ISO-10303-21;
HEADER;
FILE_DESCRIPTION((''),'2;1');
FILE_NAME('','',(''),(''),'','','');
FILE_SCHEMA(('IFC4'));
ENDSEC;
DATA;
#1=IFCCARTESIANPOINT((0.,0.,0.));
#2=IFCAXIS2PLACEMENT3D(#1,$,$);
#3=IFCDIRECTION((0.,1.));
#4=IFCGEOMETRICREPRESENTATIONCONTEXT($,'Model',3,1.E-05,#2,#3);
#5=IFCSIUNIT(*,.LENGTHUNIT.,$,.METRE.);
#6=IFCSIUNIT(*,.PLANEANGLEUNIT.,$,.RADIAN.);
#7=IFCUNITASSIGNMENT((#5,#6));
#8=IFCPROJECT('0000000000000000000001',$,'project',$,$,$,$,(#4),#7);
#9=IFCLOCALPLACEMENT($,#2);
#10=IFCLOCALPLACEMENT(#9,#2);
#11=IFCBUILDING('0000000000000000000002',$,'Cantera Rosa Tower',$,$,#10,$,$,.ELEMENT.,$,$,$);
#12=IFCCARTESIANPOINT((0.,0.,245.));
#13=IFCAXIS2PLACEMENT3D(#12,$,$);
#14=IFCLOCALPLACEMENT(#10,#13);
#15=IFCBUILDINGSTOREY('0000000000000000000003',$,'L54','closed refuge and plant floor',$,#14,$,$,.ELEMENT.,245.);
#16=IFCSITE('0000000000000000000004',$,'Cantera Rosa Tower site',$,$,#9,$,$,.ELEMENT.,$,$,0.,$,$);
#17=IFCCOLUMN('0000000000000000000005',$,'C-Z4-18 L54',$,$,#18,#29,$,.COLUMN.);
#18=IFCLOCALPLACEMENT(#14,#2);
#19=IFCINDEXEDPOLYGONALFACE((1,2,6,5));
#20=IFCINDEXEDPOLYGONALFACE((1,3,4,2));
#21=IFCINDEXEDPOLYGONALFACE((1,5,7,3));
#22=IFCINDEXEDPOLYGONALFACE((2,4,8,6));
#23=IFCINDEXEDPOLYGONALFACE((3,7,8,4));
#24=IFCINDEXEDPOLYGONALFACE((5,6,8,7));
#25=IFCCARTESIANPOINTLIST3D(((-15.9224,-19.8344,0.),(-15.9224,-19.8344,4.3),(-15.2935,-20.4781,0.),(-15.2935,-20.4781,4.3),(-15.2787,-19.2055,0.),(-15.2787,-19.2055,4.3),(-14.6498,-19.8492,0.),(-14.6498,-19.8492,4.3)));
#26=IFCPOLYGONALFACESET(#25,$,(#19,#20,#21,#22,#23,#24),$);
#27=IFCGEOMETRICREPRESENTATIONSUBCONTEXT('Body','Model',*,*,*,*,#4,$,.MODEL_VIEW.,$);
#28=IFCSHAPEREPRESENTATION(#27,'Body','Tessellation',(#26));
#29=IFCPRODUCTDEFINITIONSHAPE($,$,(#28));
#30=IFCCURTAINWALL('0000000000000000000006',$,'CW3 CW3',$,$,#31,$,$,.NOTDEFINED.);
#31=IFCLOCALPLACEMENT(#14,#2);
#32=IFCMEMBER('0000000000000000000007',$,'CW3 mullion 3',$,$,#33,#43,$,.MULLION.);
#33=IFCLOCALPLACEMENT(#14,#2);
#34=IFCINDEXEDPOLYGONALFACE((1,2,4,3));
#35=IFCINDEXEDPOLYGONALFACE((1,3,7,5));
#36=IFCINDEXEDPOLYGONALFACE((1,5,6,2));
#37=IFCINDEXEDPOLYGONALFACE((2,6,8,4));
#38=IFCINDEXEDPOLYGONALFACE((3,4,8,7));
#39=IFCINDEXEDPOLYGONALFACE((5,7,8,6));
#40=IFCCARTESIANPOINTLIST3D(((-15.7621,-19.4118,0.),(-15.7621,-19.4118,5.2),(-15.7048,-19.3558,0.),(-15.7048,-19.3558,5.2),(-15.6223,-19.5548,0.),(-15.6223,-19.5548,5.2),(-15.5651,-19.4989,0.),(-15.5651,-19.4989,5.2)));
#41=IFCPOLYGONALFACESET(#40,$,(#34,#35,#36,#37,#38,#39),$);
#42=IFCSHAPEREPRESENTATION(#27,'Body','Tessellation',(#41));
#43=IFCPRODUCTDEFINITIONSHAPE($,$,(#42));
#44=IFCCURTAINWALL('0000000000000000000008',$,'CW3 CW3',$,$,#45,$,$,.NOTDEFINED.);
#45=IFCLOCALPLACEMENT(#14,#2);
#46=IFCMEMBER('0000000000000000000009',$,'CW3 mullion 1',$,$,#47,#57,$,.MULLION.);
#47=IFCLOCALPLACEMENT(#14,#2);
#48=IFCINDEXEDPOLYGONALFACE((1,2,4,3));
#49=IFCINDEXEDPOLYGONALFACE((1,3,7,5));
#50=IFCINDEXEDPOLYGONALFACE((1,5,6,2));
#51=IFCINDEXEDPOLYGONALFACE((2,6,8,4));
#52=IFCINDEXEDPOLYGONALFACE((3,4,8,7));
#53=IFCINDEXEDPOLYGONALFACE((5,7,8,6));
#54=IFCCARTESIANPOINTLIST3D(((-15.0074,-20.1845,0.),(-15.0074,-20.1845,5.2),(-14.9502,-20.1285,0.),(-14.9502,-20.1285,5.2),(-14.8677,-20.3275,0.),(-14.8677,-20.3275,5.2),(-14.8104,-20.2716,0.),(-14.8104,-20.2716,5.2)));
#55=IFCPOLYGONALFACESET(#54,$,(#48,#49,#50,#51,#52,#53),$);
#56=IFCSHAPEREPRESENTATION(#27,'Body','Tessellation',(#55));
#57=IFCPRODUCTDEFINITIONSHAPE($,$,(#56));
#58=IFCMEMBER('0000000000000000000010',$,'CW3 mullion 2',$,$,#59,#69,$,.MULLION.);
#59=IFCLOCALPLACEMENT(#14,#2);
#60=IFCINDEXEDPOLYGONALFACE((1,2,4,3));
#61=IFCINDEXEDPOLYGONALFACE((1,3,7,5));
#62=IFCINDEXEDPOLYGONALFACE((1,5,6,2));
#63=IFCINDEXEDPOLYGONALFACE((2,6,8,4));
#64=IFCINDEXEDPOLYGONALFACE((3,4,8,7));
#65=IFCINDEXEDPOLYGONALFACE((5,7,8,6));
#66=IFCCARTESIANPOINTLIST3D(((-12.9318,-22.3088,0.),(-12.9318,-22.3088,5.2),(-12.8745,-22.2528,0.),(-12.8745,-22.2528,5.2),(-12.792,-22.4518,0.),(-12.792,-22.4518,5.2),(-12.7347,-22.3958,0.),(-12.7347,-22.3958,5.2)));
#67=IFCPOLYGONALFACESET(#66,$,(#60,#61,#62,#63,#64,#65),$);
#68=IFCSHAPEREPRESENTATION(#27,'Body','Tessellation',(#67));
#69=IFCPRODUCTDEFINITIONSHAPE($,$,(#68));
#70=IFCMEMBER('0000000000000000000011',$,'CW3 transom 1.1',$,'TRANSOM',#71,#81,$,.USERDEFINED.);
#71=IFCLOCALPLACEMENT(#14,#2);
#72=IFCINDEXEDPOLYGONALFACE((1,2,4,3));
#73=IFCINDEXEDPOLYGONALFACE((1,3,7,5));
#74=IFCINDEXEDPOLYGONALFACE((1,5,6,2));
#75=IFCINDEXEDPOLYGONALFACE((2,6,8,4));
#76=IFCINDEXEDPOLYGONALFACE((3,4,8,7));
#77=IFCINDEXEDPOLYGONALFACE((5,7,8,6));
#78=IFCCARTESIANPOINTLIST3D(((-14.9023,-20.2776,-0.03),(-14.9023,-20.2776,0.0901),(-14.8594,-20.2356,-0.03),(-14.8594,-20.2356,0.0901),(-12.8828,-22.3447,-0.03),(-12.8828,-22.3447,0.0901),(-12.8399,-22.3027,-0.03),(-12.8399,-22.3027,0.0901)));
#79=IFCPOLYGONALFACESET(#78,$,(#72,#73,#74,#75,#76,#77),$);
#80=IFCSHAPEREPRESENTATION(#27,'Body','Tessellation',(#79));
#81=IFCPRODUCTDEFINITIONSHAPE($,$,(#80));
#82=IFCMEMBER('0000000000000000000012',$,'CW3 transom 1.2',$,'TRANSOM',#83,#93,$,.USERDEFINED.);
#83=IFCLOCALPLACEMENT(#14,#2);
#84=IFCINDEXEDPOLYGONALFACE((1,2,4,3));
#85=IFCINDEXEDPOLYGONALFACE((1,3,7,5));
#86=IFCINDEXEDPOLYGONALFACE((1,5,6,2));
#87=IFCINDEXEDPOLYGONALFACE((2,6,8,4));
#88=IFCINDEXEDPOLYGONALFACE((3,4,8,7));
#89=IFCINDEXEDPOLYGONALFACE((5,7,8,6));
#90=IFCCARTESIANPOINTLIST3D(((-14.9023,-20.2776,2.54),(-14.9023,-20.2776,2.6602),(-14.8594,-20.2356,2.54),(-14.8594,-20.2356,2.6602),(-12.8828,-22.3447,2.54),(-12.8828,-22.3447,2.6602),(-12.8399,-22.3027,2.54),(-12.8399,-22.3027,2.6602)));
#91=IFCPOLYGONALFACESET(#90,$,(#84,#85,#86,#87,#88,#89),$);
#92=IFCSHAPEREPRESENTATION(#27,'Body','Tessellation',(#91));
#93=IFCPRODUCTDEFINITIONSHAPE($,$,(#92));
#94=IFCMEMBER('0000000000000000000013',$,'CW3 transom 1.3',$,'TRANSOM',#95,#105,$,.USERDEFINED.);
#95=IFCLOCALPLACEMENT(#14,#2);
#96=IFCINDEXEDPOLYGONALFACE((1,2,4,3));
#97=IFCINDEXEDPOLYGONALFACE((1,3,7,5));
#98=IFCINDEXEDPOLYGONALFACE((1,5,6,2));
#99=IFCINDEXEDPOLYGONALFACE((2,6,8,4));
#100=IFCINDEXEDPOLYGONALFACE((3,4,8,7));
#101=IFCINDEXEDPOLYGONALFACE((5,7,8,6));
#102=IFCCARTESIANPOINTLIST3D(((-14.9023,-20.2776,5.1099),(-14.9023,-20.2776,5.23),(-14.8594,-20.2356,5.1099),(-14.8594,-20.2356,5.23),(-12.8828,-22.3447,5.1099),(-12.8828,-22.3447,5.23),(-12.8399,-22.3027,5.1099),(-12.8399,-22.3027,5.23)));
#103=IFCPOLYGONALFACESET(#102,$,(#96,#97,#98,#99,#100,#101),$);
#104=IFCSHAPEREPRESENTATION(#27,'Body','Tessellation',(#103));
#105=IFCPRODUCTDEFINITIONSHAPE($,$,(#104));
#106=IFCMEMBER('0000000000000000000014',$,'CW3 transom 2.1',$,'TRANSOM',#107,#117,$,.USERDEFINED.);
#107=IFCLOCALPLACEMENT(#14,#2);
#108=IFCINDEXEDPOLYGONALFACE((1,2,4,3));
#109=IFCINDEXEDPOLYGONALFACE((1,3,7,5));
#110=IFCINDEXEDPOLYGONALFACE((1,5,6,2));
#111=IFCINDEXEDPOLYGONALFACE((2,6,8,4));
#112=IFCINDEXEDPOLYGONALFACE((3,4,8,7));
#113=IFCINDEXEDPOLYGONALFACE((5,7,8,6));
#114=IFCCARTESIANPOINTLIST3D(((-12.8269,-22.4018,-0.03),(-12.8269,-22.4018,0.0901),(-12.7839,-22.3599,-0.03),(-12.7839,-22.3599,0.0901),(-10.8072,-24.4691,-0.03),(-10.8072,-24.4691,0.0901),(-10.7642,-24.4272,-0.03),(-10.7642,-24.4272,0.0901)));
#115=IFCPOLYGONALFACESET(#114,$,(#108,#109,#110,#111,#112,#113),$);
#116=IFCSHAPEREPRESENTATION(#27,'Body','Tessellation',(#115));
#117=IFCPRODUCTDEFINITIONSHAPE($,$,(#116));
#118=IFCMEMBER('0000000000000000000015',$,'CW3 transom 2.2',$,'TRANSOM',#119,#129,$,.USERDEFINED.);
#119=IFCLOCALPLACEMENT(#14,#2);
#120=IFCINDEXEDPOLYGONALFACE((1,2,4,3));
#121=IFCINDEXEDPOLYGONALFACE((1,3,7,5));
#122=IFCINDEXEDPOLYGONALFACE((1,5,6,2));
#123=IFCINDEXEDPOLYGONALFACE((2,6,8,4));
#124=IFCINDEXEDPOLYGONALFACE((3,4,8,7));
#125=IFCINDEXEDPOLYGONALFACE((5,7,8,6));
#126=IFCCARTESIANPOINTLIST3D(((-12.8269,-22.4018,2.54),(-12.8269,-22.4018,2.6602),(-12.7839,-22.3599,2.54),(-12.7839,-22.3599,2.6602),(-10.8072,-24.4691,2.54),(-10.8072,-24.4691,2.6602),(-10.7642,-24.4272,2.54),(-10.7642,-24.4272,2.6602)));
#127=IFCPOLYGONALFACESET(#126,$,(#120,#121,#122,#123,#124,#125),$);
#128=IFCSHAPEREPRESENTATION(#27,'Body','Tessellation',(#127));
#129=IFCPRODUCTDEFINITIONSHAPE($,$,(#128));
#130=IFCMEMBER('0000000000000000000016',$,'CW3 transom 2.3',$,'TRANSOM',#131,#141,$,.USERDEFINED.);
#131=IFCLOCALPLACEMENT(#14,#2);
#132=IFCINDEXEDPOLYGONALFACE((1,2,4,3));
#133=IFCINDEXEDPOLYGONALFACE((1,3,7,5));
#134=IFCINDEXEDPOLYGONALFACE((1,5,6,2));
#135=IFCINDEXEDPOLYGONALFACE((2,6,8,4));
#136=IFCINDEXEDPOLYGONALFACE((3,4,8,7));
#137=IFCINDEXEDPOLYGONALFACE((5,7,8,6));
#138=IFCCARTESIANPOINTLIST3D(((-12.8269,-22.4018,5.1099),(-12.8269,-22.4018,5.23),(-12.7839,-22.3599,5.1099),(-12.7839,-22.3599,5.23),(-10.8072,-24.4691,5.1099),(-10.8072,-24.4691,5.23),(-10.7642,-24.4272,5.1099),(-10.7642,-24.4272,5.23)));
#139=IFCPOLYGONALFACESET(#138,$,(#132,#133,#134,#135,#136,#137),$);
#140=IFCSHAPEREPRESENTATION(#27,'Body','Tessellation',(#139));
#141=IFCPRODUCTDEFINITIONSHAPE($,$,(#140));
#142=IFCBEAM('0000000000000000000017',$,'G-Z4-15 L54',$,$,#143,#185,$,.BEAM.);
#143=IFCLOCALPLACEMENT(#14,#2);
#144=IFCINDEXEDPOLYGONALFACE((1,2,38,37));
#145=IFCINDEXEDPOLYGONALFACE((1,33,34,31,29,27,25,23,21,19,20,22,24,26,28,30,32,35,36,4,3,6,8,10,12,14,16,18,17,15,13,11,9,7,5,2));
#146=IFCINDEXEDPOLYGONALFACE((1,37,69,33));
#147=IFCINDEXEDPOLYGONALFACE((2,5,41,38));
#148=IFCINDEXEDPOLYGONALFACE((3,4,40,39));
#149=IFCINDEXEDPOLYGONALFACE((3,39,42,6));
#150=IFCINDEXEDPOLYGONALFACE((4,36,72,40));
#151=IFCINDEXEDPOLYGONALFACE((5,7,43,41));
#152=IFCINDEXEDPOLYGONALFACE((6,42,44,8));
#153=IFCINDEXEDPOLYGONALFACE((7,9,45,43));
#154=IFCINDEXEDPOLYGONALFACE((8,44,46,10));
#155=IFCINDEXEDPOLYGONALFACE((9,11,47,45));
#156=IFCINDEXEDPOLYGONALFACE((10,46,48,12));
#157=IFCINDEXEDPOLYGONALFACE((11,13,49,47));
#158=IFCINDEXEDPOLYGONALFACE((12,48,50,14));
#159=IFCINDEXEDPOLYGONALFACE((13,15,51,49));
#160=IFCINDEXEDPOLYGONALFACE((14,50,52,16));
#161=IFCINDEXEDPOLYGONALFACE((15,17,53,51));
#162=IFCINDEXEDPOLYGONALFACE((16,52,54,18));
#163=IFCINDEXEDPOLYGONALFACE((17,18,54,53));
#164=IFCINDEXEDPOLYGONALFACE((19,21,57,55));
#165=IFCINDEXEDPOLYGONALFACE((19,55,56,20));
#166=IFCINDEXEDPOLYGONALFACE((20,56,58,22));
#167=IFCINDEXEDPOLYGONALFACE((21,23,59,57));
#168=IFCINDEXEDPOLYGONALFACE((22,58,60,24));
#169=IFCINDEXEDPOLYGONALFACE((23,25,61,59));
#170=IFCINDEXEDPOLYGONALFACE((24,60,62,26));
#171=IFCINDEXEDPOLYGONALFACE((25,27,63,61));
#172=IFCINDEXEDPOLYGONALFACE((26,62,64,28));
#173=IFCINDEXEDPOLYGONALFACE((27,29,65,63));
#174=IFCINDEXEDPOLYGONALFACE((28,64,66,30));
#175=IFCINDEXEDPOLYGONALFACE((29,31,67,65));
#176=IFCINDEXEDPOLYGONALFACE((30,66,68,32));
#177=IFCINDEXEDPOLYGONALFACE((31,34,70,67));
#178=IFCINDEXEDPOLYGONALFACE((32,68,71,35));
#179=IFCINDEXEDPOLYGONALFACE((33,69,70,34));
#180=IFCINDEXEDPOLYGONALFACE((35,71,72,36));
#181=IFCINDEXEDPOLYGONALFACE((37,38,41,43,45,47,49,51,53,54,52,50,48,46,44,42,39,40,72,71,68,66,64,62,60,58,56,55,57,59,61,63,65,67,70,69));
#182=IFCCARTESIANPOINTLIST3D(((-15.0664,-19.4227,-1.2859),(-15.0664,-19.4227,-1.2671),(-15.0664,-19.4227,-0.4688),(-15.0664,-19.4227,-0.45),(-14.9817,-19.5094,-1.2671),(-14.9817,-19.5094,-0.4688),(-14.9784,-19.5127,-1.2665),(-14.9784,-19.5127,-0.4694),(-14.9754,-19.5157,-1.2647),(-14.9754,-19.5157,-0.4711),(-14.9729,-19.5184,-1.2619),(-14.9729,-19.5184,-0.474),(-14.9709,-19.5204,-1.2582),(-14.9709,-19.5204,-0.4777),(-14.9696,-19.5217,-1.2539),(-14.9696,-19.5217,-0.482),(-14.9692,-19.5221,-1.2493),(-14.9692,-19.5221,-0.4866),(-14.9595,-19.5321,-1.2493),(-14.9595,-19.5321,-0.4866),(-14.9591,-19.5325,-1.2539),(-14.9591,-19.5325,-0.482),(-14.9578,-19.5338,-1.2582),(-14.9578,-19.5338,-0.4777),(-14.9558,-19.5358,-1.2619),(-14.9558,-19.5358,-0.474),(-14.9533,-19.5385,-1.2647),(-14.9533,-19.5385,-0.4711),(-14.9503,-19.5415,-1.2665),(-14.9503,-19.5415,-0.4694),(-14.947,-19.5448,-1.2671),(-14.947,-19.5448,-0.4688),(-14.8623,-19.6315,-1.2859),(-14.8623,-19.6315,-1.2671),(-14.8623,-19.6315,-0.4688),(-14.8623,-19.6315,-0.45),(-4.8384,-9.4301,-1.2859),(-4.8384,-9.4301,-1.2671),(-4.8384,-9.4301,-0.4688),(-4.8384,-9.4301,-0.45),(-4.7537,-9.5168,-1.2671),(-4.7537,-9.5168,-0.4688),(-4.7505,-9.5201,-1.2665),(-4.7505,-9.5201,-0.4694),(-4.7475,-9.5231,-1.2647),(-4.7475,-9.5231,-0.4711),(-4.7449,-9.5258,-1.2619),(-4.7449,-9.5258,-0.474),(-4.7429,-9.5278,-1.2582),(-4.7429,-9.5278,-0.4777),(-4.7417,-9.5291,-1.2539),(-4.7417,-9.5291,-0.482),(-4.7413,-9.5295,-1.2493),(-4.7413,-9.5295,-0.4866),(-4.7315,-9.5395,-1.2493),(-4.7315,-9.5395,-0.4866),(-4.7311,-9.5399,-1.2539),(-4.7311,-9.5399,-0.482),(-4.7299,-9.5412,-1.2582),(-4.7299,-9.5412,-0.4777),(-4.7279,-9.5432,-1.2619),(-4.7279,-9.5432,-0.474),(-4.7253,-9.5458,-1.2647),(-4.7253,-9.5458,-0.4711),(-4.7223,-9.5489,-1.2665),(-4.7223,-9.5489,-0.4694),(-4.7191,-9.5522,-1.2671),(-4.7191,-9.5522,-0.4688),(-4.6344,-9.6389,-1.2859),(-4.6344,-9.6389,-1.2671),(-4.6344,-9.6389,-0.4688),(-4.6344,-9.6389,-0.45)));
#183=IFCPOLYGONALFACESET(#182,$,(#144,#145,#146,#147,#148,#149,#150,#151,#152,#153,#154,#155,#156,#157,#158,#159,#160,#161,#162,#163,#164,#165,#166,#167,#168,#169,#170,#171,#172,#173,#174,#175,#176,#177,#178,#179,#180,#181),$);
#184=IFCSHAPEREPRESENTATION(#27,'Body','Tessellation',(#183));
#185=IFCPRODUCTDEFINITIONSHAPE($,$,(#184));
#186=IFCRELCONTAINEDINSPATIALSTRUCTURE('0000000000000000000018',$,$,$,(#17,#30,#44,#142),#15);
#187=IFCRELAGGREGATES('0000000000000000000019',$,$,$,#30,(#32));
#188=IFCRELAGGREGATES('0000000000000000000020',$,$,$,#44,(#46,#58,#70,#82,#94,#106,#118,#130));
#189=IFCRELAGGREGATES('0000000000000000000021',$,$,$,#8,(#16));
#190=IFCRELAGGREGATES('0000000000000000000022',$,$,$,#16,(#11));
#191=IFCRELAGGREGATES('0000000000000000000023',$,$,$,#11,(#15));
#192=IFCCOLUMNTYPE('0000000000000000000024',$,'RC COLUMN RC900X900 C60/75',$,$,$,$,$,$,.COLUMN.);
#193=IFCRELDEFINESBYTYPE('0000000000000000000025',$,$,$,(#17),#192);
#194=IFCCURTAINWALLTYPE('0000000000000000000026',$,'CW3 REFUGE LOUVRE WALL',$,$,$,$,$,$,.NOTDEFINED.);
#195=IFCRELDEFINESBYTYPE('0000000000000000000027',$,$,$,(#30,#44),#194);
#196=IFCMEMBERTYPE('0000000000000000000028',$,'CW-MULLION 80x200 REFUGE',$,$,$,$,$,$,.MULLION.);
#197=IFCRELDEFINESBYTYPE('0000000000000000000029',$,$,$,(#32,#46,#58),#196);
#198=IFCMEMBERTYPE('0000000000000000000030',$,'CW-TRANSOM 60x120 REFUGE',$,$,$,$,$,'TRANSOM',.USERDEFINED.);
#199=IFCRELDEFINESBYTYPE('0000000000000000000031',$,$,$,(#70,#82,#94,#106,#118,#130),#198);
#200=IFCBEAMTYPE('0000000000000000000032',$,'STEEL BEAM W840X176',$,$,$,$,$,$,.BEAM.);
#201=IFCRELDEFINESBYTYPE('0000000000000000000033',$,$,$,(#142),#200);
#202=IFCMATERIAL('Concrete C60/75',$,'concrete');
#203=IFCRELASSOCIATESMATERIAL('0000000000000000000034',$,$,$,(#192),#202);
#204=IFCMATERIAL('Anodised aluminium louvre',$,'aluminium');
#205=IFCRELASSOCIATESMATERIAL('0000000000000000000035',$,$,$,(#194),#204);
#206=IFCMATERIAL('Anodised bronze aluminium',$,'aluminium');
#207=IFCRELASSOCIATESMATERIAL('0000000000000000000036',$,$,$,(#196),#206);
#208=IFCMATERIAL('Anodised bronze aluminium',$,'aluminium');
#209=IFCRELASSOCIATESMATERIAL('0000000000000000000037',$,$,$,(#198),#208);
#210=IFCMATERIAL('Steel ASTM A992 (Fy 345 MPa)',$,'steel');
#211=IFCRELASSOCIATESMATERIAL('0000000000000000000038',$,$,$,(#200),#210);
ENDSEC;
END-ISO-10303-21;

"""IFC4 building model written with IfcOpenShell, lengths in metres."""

from ifc_helpers import new_model, si_unit, direction, frame, origin, origin_2d, place, context, subcontext, project, spatial, rectangle, i_section, extrude, material, material_profile, profile_set, type_object, element, aggregate, save


model = new_model("IFC4")

# Units and contexts
model_context = context("Model", 3, precision=1e-05, world=origin(), true_north=direction((0.0, 1.0)))
body_context = subcontext(model_context, "Body", "Model", "MODEL_VIEW")
ifc_project = project(units=[si_unit("LENGTHUNIT", "METRE"), si_unit("PLANEANGLEUNIT", "RADIAN")], contexts=[model_context])

# Site, building, storey
site_placement = place(None, origin())
site = spatial("IfcSite", under=ifc_project, at=site_placement, Name="Cantera Rosa Tower site", CompositionType="ELEMENT", RefElevation=0.0)
building_placement = place(site_placement, origin())
building = spatial("IfcBuilding", under=site, at=building_placement, Name="Cantera Rosa Tower", CompositionType="ELEMENT")
storey_placement = place(building_placement, frame((0.0, 0.0, 245.0)))
storey = spatial("IfcBuildingStorey", under=building, at=storey_placement, Name="L54", Description="closed refuge and plant floor", CompositionType="ELEMENT", Elevation=245.0)

# Column
ifc_material_1 = material(Name="Concrete C60/75", Category="concrete")
ifc_material_profile_1 = material_profile(ifc_material_1, rectangle(XDim=0.8999, YDim=0.8999, at=origin_2d()), Name="RC COLUMN RC900X900 C60/75")
ifc_profile_set_1 = profile_set([ifc_material_profile_1], Name="Concrete C60/75")
column_type = type_object("IfcColumnType", Name="RC COLUMN RC900X900 C60/75", PredefinedType="COLUMN", material=ifc_profile_set_1)
column_placement = place(storey_placement, frame((-15.2861, -19.8418, 0.0), z_axis=(0.0, 0.0, 1.0), x_axis=(0.715286, 0.698832, 0.0)))
element("IfcColumn", 1, at=column_placement, inside=storey, type_object=column_type, Name="C-Z4-18 L54", PredefinedType="COLUMN", context=body_context, shape_type="SweptSolid", body=[
    extrude(rectangle(XDim=0.8999, YDim=0.8999, at=origin_2d()), origin(), (0.0, 0.0, 1.0), 4.3),
])

# Curtain wall, member
ifc_material_2 = material(Name="Anodised aluminium louvre", Category="aluminium")
curtain_wall_type = type_object("IfcCurtainWallType", Name="CW3 REFUGE LOUVRE WALL", PredefinedType="NOTDEFINED", material=ifc_material_2)
curtain_wall_1_placement = place(storey_placement, origin())
curtain_wall_1 = element("IfcCurtainWall", 2, at=curtain_wall_1_placement, inside=storey, type_object=curtain_wall_type, Name="CW3 CW3", PredefinedType="NOTDEFINED")
ifc_material_3 = material(Name="Anodised bronze aluminium", Category="aluminium")
ifc_material_profile_2 = material_profile(ifc_material_3, rectangle(XDim=0.0801, YDim=0.2, at=origin_2d()), Name="CW-MULLION 80x200 REFUGE")
ifc_profile_set_2 = profile_set([ifc_material_profile_2], Name="Anodised bronze aluminium")
member_type_1 = type_object("IfcMemberType", Name="CW-MULLION 80x200 REFUGE", PredefinedType="MULLION", material=ifc_profile_set_2)
member_1_placement = place(storey_placement, frame((-15.6636, -19.4553, 0.0), z_axis=(0.0, 0.0, 1.0), x_axis=(0.715286, 0.698832, 0.0)))
member_1 = element("IfcMember", 3, at=member_1_placement, type_object=member_type_1, Name="CW3 mullion 3", PredefinedType="MULLION", context=body_context, shape_type="SweptSolid", body=[
    extrude(rectangle(XDim=0.0801, YDim=0.2, at=origin_2d()), origin(), (0.0, 0.0, 1.0), 5.2),
])

# Curtain wall, members
curtain_wall_2_placement = place(storey_placement, origin())
curtain_wall_2 = element("IfcCurtainWall", 4, at=curtain_wall_2_placement, inside=storey, type_object=curtain_wall_type, Name="CW3 CW3", PredefinedType="NOTDEFINED")
member_2_placement = place(storey_placement, frame((-14.9089, -20.228, 0.0), z_axis=(0.0, 0.0, 1.0), x_axis=(0.715286, 0.698832, 0.0)))
member_2 = element("IfcMember", 5, at=member_2_placement, type_object=member_type_1, Name="CW3 mullion 1", PredefinedType="MULLION", context=body_context, shape_type="SweptSolid", body=[
    extrude(rectangle(XDim=0.0801, YDim=0.2, at=origin_2d()), origin(), (0.0, 0.0, 1.0), 5.2),
])
member_3_placement = place(storey_placement, frame((-12.8333, -22.3523, 0.0), z_axis=(0.0, 0.0, 1.0), x_axis=(0.715286, 0.698832, 0.0)))
member_3 = element("IfcMember", 6, at=member_3_placement, type_object=member_type_1, Name="CW3 mullion 2", PredefinedType="MULLION", context=body_context, shape_type="SweptSolid", body=[
    extrude(rectangle(XDim=0.0801, YDim=0.2, at=origin_2d()), origin(), (0.0, 0.0, 1.0), 5.2),
])
ifc_material_4 = material(Name="Anodised bronze aluminium", Category="aluminium")
ifc_material_profile_3 = material_profile(ifc_material_4, rectangle(XDim=0.0601, YDim=0.1201, at=origin_2d()), Name="CW-TRANSOM 60x120 REFUGE")
ifc_profile_set_3 = profile_set([ifc_material_profile_3], Name="Anodised bronze aluminium")
member_type_2 = type_object("IfcMemberType", Name="CW-TRANSOM 60x120 REFUGE", ElementType="TRANSOM", PredefinedType="USERDEFINED", material=ifc_profile_set_3)
member_4_placement = place(storey_placement, frame((-14.8809, -20.2566, 0.03), z_axis=(0.698822, -0.715296, 0.0), x_axis=(0.715296, 0.698822, 0.0)))
member_4 = element("IfcMember", 7, at=member_4_placement, type_object=member_type_2, Name="CW3 transom 1.1", ObjectType="TRANSOM", PredefinedType="USERDEFINED", context=body_context, shape_type="SweptSolid", body=[
    extrude(rectangle(XDim=0.0601, YDim=0.1201, at=origin_2d()), origin(), (0.0, 0.0, 1.0), 2.8899),
])
member_5_placement = place(storey_placement, frame((-14.8809, -20.2566, 2.6001), z_axis=(0.698822, -0.715296, 0.0), x_axis=(0.715296, 0.698822, 0.0)))
member_5 = element("IfcMember", 8, at=member_5_placement, type_object=member_type_2, Name="CW3 transom 1.2", ObjectType="TRANSOM", PredefinedType="USERDEFINED", context=body_context, shape_type="SweptSolid", body=[
    extrude(rectangle(XDim=0.0601, YDim=0.1201, at=origin_2d()), origin(), (0.0, 0.0, 1.0), 2.8899),
])
member_6_placement = place(storey_placement, frame((-14.8809, -20.2566, 5.1699), z_axis=(0.698822, -0.715296, 0.0), x_axis=(0.715296, 0.698822, 0.0)))
member_6 = element("IfcMember", 9, at=member_6_placement, type_object=member_type_2, Name="CW3 transom 1.3", ObjectType="TRANSOM", PredefinedType="USERDEFINED", context=body_context, shape_type="SweptSolid", body=[
    extrude(rectangle(XDim=0.0601, YDim=0.1201, at=origin_2d()), origin(), (0.0, 0.0, 1.0), 2.8899),
])
member_7_placement = place(storey_placement, frame((-12.8054, -22.3809, 0.03), z_axis=(0.698823, -0.715295, 0.0), x_axis=(0.715295, 0.698823, 0.0)))
member_7 = element("IfcMember", 10, at=member_7_placement, type_object=member_type_2, Name="CW3 transom 2.1", ObjectType="TRANSOM", PredefinedType="USERDEFINED", context=body_context, shape_type="SweptSolid", body=[
    extrude(rectangle(XDim=0.0601, YDim=0.1201, at=origin_2d()), origin(), (0.0, 0.0, 1.0), 2.8901),
])
member_8_placement = place(storey_placement, frame((-12.8054, -22.3809, 2.6001), z_axis=(0.698823, -0.715295, 0.0), x_axis=(0.715295, 0.698823, 0.0)))
member_8 = element("IfcMember", 11, at=member_8_placement, type_object=member_type_2, Name="CW3 transom 2.2", ObjectType="TRANSOM", PredefinedType="USERDEFINED", context=body_context, shape_type="SweptSolid", body=[
    extrude(rectangle(XDim=0.0601, YDim=0.1201, at=origin_2d()), origin(), (0.0, 0.0, 1.0), 2.8901),
])
member_9_placement = place(storey_placement, frame((-12.8054, -22.3809, 5.1699), z_axis=(0.698823, -0.715295, 0.0), x_axis=(0.715295, 0.698823, 0.0)))
member_9 = element("IfcMember", 12, at=member_9_placement, type_object=member_type_2, Name="CW3 transom 2.3", ObjectType="TRANSOM", PredefinedType="USERDEFINED", context=body_context, shape_type="SweptSolid", body=[
    extrude(rectangle(XDim=0.0601, YDim=0.1201, at=origin_2d()), origin(), (0.0, 0.0, 1.0), 2.8901),
])

# Beam
ifc_material_5 = material(Name="Steel ASTM A992 (Fy 345 MPa)", Category="steel")
ifc_material_profile_4 = material_profile(ifc_material_5, i_section(OverallWidth=0.292, OverallDepth=0.8359, WebThickness=0.0139, FlangeThickness=0.0188, FilletRadius=0.0178, at=origin_2d()), Name="W840X176")
ifc_profile_set_4 = profile_set([ifc_material_profile_4], Name="Steel ASTM A992 (Fy 345 MPa)")
beam_type_1 = type_object("IfcBeamType", Name="STEEL BEAM W840X176", PredefinedType="BEAM", material=ifc_profile_set_4)
beam_1_placement = place(storey_placement, frame((-14.9644, -19.5271, -0.8679), z_axis=(0.715288, 0.698829, 0.0), x_axis=(-0.698829, 0.715288, 0.0)))
element("IfcBeam", 13, at=beam_1_placement, inside=storey, type_object=beam_type_1, Name="G-Z4-15 L54", PredefinedType="BEAM", context=body_context, shape_type="SweptSolid", body=[
    extrude(i_section(OverallWidth=0.292, OverallDepth=0.8359, WebThickness=0.0139, FlangeThickness=0.0188, FilletRadius=0.0178, at=origin_2d()), origin(), (0.0, 0.0, 1.0), 14.2991),
])

aggregate(curtain_wall_1, [member_1])
aggregate(curtain_wall_2, [member_2, member_3, member_4, member_5, member_6, member_7, member_8, member_9])

save(model, "model.ifc")
